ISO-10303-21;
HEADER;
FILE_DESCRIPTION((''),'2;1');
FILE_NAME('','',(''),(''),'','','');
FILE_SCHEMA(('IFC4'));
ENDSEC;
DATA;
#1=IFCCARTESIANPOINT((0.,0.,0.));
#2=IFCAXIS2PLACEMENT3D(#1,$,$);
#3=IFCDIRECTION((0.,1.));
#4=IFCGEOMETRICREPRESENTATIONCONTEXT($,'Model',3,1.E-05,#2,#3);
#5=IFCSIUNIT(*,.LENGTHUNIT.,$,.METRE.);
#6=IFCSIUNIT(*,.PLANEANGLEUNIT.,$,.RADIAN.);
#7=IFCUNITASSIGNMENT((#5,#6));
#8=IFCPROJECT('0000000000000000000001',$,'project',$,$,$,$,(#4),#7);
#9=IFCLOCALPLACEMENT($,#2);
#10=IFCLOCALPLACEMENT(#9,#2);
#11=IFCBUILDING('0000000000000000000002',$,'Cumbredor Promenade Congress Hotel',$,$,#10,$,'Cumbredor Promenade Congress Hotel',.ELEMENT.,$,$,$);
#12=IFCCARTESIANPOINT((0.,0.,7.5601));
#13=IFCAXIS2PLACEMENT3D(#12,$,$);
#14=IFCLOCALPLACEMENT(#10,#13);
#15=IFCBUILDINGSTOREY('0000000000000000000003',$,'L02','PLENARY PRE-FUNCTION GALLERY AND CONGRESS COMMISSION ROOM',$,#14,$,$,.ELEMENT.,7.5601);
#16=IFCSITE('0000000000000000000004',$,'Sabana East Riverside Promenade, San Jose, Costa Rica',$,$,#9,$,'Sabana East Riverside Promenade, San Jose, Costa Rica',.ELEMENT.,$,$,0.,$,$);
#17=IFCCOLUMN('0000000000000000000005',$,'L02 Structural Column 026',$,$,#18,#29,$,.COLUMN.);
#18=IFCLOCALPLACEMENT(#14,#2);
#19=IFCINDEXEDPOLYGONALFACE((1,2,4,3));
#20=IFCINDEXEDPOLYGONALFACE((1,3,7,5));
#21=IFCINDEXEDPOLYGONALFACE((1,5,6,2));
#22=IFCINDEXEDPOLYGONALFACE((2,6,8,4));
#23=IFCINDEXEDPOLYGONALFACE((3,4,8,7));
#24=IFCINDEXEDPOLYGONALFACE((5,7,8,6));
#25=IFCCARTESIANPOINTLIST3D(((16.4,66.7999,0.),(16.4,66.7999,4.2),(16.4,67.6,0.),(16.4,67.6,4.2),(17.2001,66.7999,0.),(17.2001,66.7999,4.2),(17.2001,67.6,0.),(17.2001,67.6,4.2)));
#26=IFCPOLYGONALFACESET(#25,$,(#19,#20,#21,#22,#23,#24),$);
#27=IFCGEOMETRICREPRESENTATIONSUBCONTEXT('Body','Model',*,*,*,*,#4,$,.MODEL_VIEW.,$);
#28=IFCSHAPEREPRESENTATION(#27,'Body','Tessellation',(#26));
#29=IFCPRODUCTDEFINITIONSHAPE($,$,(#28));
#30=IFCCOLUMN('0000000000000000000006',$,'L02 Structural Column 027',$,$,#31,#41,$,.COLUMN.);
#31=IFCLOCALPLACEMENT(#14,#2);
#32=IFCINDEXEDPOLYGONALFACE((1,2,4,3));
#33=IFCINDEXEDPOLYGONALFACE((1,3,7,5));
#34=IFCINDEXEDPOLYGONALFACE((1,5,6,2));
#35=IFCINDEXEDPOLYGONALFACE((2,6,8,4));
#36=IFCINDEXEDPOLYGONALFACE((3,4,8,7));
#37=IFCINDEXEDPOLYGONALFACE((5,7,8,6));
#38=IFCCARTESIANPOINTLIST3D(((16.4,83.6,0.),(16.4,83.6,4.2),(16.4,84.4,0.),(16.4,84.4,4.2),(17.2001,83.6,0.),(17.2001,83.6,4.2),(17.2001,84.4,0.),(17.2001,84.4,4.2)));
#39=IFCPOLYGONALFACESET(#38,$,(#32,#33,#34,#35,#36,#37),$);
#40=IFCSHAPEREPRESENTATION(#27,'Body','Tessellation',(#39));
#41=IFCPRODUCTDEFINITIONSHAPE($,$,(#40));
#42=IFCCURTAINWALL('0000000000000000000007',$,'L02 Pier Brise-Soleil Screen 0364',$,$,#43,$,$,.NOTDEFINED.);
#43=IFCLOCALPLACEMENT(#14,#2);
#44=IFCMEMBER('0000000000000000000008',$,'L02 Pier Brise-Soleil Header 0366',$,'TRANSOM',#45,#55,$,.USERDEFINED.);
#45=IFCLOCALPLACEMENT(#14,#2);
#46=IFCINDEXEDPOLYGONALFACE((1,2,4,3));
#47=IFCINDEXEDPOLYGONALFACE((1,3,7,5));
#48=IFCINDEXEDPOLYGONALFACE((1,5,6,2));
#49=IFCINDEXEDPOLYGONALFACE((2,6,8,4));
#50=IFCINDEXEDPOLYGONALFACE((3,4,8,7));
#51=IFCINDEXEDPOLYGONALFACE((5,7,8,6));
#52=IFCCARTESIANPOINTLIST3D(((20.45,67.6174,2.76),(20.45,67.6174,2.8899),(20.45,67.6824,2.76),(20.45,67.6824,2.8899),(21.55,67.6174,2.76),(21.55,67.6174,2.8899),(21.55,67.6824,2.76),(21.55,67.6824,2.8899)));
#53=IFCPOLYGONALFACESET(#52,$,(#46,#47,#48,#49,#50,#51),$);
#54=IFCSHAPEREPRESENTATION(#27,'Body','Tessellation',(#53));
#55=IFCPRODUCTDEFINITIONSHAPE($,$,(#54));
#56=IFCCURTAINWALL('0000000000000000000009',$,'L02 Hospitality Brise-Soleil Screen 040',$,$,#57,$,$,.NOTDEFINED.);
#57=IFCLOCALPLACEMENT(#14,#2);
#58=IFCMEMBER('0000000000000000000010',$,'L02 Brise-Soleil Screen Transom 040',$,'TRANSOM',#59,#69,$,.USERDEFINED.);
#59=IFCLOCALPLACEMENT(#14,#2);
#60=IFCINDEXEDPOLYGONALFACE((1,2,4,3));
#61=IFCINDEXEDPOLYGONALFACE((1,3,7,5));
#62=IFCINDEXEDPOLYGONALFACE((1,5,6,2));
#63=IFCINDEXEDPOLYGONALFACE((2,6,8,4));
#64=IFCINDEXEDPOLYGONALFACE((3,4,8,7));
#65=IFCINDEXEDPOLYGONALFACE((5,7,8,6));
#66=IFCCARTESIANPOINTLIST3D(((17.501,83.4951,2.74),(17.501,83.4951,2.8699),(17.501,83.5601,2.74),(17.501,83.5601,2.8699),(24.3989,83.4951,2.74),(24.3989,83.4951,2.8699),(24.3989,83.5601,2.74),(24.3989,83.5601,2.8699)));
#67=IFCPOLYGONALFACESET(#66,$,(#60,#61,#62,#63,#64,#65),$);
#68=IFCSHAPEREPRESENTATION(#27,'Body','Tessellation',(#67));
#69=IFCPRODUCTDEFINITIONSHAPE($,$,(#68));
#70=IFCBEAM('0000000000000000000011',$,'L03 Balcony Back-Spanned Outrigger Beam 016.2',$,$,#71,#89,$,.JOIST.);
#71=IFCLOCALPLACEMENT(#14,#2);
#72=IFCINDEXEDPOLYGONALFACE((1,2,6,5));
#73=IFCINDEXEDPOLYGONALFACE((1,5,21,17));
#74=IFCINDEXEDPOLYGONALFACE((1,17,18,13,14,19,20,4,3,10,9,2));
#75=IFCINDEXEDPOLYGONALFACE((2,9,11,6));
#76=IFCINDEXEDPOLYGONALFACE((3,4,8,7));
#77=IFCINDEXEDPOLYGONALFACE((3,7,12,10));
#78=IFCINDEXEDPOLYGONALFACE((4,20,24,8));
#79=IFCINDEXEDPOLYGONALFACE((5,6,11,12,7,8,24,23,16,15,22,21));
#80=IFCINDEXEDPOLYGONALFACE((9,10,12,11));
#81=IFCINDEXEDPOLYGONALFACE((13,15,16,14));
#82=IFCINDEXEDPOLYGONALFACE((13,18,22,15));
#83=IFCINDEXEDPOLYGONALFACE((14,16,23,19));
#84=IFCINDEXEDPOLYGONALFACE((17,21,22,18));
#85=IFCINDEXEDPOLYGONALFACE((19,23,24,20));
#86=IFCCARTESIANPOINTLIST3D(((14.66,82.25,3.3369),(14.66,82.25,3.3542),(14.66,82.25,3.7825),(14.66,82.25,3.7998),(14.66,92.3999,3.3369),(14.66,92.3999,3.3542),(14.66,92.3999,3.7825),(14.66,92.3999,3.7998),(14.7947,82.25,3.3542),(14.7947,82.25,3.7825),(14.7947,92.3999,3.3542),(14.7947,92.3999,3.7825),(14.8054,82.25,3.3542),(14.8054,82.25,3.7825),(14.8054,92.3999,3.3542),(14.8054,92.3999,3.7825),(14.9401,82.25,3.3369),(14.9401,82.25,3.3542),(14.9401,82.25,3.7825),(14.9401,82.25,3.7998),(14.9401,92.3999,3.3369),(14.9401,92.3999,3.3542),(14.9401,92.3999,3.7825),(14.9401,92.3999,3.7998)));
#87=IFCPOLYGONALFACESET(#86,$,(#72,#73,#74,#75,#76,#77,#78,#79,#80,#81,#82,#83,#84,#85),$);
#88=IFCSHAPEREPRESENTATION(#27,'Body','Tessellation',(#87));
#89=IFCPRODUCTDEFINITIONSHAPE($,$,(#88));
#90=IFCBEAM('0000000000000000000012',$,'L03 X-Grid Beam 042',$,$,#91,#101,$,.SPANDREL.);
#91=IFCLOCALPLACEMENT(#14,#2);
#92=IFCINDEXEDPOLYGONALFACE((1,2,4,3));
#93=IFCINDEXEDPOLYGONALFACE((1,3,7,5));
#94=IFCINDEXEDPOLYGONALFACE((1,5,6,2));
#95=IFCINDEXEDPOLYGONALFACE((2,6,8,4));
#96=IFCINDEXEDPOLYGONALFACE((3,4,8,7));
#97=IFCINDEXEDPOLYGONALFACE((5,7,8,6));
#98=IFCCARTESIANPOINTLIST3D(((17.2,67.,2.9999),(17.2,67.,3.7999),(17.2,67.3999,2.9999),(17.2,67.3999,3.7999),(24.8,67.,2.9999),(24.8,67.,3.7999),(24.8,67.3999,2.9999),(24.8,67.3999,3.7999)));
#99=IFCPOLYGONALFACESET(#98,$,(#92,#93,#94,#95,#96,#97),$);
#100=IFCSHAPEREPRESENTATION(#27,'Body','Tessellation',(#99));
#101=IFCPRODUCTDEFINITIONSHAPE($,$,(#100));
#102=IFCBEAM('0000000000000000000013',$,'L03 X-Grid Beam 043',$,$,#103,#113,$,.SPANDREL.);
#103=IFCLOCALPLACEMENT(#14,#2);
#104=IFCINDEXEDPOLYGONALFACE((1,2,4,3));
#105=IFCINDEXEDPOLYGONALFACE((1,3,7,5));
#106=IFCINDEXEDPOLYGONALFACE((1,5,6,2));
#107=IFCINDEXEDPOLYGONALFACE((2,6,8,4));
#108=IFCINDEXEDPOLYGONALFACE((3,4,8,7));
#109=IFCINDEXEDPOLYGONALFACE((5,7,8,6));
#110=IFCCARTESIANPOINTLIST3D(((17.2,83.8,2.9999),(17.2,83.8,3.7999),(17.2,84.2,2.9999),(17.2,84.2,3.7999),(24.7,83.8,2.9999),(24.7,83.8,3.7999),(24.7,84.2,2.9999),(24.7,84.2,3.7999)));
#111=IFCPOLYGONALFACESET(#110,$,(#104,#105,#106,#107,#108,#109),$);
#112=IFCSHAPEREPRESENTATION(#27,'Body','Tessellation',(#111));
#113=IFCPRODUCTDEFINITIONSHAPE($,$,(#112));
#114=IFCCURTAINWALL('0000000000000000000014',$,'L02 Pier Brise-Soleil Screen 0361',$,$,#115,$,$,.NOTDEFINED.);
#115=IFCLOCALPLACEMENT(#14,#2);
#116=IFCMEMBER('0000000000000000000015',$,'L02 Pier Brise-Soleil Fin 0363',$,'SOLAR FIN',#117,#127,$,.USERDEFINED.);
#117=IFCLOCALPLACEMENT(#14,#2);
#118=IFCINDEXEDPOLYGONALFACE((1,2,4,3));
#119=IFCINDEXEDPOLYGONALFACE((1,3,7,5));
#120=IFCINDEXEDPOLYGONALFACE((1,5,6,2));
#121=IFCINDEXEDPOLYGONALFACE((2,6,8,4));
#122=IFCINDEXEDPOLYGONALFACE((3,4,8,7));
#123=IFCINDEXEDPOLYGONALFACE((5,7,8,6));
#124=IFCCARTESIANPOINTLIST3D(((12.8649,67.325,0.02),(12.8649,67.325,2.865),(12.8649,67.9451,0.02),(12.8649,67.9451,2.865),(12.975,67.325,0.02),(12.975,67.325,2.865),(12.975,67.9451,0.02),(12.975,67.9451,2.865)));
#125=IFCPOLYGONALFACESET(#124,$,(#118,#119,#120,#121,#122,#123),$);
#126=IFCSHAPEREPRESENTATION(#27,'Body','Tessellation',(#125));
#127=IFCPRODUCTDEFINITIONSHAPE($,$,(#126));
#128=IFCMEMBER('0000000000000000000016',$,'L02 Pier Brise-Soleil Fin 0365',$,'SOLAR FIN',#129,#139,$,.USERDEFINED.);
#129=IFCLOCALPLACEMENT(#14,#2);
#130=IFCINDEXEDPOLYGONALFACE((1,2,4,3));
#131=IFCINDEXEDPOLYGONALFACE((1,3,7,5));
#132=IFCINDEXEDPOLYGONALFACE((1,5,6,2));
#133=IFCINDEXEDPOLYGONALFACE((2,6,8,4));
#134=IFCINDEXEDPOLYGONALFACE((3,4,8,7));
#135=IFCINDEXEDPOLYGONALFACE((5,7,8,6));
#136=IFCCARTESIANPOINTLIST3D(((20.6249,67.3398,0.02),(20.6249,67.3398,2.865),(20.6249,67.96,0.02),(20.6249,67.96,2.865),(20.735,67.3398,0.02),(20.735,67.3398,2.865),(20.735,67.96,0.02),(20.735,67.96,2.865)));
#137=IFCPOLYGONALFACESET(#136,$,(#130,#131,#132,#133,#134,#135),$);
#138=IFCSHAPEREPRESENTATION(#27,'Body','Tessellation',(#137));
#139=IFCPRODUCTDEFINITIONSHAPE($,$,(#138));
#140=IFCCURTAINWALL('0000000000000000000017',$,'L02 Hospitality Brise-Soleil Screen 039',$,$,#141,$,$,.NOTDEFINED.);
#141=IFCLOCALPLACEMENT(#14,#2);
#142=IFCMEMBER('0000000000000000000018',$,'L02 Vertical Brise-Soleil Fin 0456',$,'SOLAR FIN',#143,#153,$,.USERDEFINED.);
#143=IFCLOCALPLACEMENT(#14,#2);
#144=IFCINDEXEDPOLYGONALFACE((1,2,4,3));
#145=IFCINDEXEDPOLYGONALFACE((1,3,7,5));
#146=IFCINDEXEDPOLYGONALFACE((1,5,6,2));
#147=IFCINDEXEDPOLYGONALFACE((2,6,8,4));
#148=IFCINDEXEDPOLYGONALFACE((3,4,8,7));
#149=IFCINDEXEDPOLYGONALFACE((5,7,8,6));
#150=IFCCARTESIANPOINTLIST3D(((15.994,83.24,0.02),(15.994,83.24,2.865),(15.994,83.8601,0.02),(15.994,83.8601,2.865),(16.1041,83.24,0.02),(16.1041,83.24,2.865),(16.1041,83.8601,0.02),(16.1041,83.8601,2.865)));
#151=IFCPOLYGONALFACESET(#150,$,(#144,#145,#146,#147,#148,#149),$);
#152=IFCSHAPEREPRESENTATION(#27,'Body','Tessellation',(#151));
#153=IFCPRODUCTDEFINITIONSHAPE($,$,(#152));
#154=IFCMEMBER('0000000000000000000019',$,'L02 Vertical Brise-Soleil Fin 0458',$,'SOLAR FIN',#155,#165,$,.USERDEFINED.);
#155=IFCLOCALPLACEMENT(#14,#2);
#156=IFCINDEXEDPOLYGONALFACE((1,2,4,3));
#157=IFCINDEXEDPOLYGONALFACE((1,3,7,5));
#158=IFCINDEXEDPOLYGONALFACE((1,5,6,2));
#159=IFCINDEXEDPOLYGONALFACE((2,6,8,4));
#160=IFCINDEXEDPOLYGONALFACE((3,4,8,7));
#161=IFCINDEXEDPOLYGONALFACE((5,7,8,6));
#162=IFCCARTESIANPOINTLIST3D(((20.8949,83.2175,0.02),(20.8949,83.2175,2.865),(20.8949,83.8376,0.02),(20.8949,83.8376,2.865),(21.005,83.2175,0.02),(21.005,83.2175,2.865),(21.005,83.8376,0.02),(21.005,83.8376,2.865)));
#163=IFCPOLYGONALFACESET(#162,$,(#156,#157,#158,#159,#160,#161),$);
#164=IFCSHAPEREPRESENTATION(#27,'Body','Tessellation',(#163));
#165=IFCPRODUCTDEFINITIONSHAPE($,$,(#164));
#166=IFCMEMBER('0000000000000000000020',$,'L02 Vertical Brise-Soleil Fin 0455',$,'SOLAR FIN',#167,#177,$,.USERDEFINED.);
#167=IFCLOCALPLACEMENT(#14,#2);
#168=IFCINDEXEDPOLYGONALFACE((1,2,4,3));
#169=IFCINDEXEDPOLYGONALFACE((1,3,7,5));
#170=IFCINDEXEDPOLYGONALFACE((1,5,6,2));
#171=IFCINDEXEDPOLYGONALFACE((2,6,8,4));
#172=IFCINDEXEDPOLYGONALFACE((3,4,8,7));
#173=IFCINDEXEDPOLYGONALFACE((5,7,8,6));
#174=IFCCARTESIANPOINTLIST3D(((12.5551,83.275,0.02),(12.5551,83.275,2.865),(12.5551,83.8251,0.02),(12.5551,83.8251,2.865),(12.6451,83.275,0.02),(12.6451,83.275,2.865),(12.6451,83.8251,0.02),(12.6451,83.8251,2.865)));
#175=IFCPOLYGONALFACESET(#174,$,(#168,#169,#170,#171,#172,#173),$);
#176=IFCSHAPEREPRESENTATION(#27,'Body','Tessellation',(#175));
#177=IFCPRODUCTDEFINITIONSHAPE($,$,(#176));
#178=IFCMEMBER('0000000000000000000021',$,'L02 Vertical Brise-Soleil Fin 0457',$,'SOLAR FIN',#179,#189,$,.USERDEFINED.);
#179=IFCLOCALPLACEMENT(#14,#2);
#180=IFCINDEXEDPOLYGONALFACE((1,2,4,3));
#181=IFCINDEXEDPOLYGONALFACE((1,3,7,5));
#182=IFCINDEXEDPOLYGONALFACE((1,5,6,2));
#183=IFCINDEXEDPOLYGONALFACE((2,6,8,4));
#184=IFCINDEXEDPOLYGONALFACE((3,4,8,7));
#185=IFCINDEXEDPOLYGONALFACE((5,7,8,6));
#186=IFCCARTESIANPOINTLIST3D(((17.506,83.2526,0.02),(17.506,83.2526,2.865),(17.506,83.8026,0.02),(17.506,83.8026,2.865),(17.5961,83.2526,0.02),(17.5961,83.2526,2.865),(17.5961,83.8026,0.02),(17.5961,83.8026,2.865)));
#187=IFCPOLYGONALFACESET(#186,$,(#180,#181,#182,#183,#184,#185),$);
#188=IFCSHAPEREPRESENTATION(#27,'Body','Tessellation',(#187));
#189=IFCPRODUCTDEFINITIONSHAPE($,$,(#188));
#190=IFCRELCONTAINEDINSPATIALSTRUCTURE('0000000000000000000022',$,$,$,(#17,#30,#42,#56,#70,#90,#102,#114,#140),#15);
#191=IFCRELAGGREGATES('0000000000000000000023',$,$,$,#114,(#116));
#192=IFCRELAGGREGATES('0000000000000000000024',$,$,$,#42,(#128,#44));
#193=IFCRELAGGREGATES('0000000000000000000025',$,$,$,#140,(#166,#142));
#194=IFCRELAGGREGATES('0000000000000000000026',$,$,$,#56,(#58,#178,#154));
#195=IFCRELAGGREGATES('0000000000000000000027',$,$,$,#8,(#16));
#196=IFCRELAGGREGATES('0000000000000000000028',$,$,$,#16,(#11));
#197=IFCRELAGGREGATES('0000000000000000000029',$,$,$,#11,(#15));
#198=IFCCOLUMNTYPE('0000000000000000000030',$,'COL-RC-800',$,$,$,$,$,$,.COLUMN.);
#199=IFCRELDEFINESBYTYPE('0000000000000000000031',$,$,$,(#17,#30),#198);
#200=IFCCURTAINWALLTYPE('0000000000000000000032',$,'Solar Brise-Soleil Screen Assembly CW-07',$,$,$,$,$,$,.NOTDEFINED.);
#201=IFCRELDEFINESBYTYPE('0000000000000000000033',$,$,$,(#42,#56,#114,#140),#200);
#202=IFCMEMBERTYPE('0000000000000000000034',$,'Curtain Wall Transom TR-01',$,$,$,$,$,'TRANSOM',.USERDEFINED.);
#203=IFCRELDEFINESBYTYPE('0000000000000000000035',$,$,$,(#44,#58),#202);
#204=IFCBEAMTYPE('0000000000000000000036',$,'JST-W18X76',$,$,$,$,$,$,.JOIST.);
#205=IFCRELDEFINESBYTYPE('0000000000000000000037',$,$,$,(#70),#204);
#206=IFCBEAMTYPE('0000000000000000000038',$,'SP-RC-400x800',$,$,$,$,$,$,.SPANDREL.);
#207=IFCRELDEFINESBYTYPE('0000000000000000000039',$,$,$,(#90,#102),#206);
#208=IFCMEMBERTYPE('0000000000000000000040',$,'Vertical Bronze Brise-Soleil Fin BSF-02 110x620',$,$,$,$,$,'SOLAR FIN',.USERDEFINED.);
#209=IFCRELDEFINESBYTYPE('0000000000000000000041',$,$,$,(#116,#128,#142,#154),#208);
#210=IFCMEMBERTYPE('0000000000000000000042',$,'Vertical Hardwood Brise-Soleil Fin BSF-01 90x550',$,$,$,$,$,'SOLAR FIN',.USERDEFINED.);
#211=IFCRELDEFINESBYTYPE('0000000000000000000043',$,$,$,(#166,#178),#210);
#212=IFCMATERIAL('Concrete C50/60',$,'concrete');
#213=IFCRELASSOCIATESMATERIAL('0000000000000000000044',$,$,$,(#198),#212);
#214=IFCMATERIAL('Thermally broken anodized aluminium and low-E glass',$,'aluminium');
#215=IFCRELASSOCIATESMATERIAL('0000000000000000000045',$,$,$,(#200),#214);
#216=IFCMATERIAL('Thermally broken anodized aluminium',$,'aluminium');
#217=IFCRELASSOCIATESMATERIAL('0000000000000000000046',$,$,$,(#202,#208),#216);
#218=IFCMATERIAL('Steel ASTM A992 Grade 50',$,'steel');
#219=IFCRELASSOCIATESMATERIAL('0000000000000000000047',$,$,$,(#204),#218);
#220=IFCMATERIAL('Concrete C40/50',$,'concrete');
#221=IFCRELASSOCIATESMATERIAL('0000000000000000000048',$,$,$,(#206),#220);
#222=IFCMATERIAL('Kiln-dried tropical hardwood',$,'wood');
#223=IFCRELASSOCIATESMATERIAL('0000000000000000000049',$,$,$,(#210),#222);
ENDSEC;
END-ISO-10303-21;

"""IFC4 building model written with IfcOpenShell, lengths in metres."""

from ifc_helpers import new_model, si_unit, direction, frame, origin, origin_2d, place, context, subcontext, project, spatial, rectangle, i_section, extrude, material, material_profile, profile_set, type_object, element, aggregate, save


model = new_model("IFC4")

# Units and contexts
model_context = context("Model", 3, precision=1e-05, world=origin(), true_north=direction((0.0, 1.0)))
body_context = subcontext(model_context, "Body", "Model", "MODEL_VIEW")
ifc_project = project(units=[si_unit("LENGTHUNIT", "METRE"), si_unit("PLANEANGLEUNIT", "RADIAN")], contexts=[model_context])

# Site, building, storey
site_placement = place(None, origin())
site = spatial("IfcSite", under=ifc_project, at=site_placement, Name="Sabana East Riverside Promenade, San Jose, Costa Rica", LongName="Sabana East Riverside Promenade, San Jose, Costa Rica", CompositionType="ELEMENT", RefElevation=0.0)
building_placement = place(site_placement, origin())
building = spatial("IfcBuilding", under=site, at=building_placement, Name="Cumbredor Promenade Congress Hotel", LongName="Cumbredor Promenade Congress Hotel", CompositionType="ELEMENT")
storey_placement = place(building_placement, frame((0.0, 0.0, 7.5601)))
storey = spatial("IfcBuildingStorey", under=building, at=storey_placement, Name="L02", Description="PLENARY PRE-FUNCTION GALLERY AND CONGRESS COMMISSION ROOM", CompositionType="ELEMENT", Elevation=7.5601)

# Columns
ifc_material_1 = material(Name="Concrete C50/60", Category="concrete")
ifc_material_profile_1 = material_profile(ifc_material_1, rectangle(XDim=0.8, YDim=0.8, at=origin_2d()), Name="RC 800x800")
ifc_profile_set_1 = profile_set([ifc_material_profile_1], Name="Concrete C50/60")
column_type = type_object("IfcColumnType", Name="COL-RC-800", PredefinedType="COLUMN", material=ifc_profile_set_1)
for number, where, z_axis, x_axis, name in (
    (1, (16.8, 67.2, 0.0), (0.0, 0.0, 1.0), (1.0, 0.0, 0.0), "L02 Structural Column 026"),
    (2, (16.8, 84.0, 0.0), (0.0, 0.0, 1.0), (1.0, 0.0, 0.0), "L02 Structural Column 027"),
):
    element("IfcColumn", number, at=place(storey_placement, frame(where, z_axis=z_axis, x_axis=x_axis)), inside=storey, type_object=column_type, Name=name, PredefinedType="COLUMN", context=body_context, shape_type="SweptSolid", body=[
        extrude(rectangle(XDim=0.8, YDim=0.8, at=origin_2d()), origin(), (0.0, 0.0, 1.0), 4.2),
    ])

# Curtain walls, members
ifc_material_2 = material(Name="Thermally broken anodized aluminium and low-E glass", Category="aluminium")
curtain_wall_type = type_object("IfcCurtainWallType", Name="Solar Brise-Soleil Screen Assembly CW-07", PredefinedType="NOTDEFINED", material=ifc_material_2)
curtain_wall_1_placement = place(storey_placement, origin())
curtain_wall_1 = element("IfcCurtainWall", 3, at=curtain_wall_1_placement, inside=storey, type_object=curtain_wall_type, Name="L02 Pier Brise-Soleil Screen 0364", PredefinedType="NOTDEFINED")
ifc_material_3 = material(Name="Thermally broken anodized aluminium", Category="aluminium")
ifc_material_profile_2 = material_profile(ifc_material_3, rectangle(XDim=0.0649, YDim=0.1299, at=origin_2d()), Name="ALU TRANSOM 65x130")
ifc_profile_set_2 = profile_set([ifc_material_profile_2], Name="Thermally broken anodized aluminium")
member_type_1 = type_object("IfcMemberType", Name="Curtain Wall Transom TR-01", ElementType="TRANSOM", PredefinedType="USERDEFINED", material=ifc_profile_set_2)
member_1_placement = place(storey_placement, frame((20.45, 67.6499, 2.825), z_axis=(1.0, 0.0, 0.0), x_axis=(0.0, 1.0, 0.0)))
member_1 = element("IfcMember", 4, at=member_1_placement, type_object=member_type_1, Name="L02 Pier Brise-Soleil Header 0366", ObjectType="TRANSOM", PredefinedType="USERDEFINED", context=body_context, shape_type="SweptSolid", body=[
    extrude(rectangle(XDim=0.0649, YDim=0.1299, at=origin_2d()), origin(), (0.0, 0.0, 1.0), 1.1001),
])
curtain_wall_2_placement = place(storey_placement, origin())
curtain_wall_2 = element("IfcCurtainWall", 5, at=curtain_wall_2_placement, inside=storey, type_object=curtain_wall_type, Name="L02 Hospitality Brise-Soleil Screen 040", PredefinedType="NOTDEFINED")
member_2_placement = place(storey_placement, frame((17.501, 83.5276, 2.8049), z_axis=(1.0, 0.0, 0.0), x_axis=(0.0, 1.0, 0.0)))
member_2 = element("IfcMember", 6, at=member_2_placement, type_object=member_type_1, Name="L02 Brise-Soleil Screen Transom 040", ObjectType="TRANSOM", PredefinedType="USERDEFINED", context=body_context, shape_type="SweptSolid", body=[
    extrude(rectangle(XDim=0.0649, YDim=0.1299, at=origin_2d()), origin(), (0.0, 0.0, 1.0), 6.8979),
])

# Beams
ifc_material_4 = material(Name="Steel ASTM A992 Grade 50", Category="steel")
ifc_material_profile_3 = material_profile(ifc_material_4, i_section(OverallWidth=0.28, OverallDepth=0.4629, WebThickness=0.0107, FlangeThickness=0.0173, at=origin_2d()), Name="W18X76")
ifc_profile_set_3 = profile_set([ifc_material_profile_3], Name="Steel ASTM A992 Grade 50")
beam_type_1 = type_object("IfcBeamType", Name="JST-W18X76", PredefinedType="JOIST", material=ifc_profile_set_3)
beam_1_placement = place(storey_placement, frame((14.8, 82.25, 3.5684), z_axis=(0.0, 1.0, 0.0), x_axis=(-1.0, 0.0, 0.0)))
element("IfcBeam", 7, at=beam_1_placement, inside=storey, type_object=beam_type_1, Name="L03 Balcony Back-Spanned Outrigger Beam 016.2", PredefinedType="JOIST", context=body_context, shape_type="SweptSolid", body=[
    extrude(i_section(OverallWidth=0.28, OverallDepth=0.4629, WebThickness=0.0107, FlangeThickness=0.0173, at=origin_2d()), origin(), (0.0, 0.0, 1.0), 10.1499),
])
ifc_material_5 = material(Name="Concrete C40/50", Category="concrete")
ifc_material_profile_4 = material_profile(ifc_material_5, rectangle(XDim=0.3999, YDim=0.8, at=origin_2d()), Name="RC SPANDREL 400x800")
ifc_profile_set_4 = profile_set([ifc_material_profile_4], Name="Concrete C40/50")
beam_type_2 = type_object("IfcBeamType", Name="SP-RC-400x800", PredefinedType="SPANDREL", material=ifc_profile_set_4)
beam_2_placement = place(storey_placement, frame((17.2, 67.2, 3.3999), z_axis=(1.0, 0.0, 0.0), x_axis=(0.0, 1.0, 0.0)))
element("IfcBeam", 8, at=beam_2_placement, inside=storey, type_object=beam_type_2, Name="L03 X-Grid Beam 042", PredefinedType="SPANDREL", context=body_context, shape_type="SweptSolid", body=[
    extrude(rectangle(XDim=0.3999, YDim=0.8, at=origin_2d()), origin(), (0.0, 0.0, 1.0), 7.6001),
])
beam_3_placement = place(storey_placement, frame((17.2, 84.0, 3.3999), z_axis=(1.0, 0.0, 0.0), x_axis=(0.0, 1.0, 0.0)))
element("IfcBeam", 9, at=beam_3_placement, inside=storey, type_object=beam_type_2, Name="L03 X-Grid Beam 043", PredefinedType="SPANDREL", context=body_context, shape_type="SweptSolid", body=[
    extrude(rectangle(XDim=0.3999, YDim=0.8, at=origin_2d()), origin(), (0.0, 0.0, 1.0), 7.5),
])

# Curtain wall, member
curtain_wall_3_placement = place(storey_placement, origin())
curtain_wall_3 = element("IfcCurtainWall", 10, at=curtain_wall_3_placement, inside=storey, type_object=curtain_wall_type, Name="L02 Pier Brise-Soleil Screen 0361", PredefinedType="NOTDEFINED")
ifc_material_profile_5 = material_profile(ifc_material_3, rectangle(XDim=0.1101, YDim=0.6201, at=origin_2d()), Name="ARCH FIN 110x620")
ifc_profile_set_5 = profile_set([ifc_material_profile_5], Name="Thermally broken anodized aluminium")
member_type_2 = type_object("IfcMemberType", Name="Vertical Bronze Brise-Soleil Fin BSF-02 110x620", ElementType="SOLAR FIN", PredefinedType="USERDEFINED", material=ifc_profile_set_5)
member_3_placement = place(storey_placement, frame((12.9199, 67.635, 0.02), z_axis=(0.0, 0.0, 1.0), x_axis=(1.0, 0.0, 0.0)))
member_3 = element("IfcMember", 11, at=member_3_placement, type_object=member_type_2, Name="L02 Pier Brise-Soleil Fin 0363", ObjectType="SOLAR FIN", PredefinedType="USERDEFINED", context=body_context, shape_type="SweptSolid", body=[
    extrude(rectangle(XDim=0.1101, YDim=0.6201, at=origin_2d()), origin(), (0.0, 0.0, 1.0), 2.845),
])
aggregate(curtain_wall_3, [member_3])

# Member
member_4_placement = place(storey_placement, frame((20.6799, 67.6499, 0.02), z_axis=(0.0, 0.0, 1.0), x_axis=(1.0, 0.0, 0.0)))
member_4 = element("IfcMember", 12, at=member_4_placement, type_object=member_type_2, Name="L02 Pier Brise-Soleil Fin 0365", ObjectType="SOLAR FIN", PredefinedType="USERDEFINED", context=body_context, shape_type="SweptSolid", body=[
    extrude(rectangle(XDim=0.1101, YDim=0.6201, at=origin_2d()), origin(), (0.0, 0.0, 1.0), 2.845),
])
aggregate(curtain_wall_1, [member_4, member_1])

# Curtain wall, member
curtain_wall_4_placement = place(storey_placement, origin())
curtain_wall_4 = element("IfcCurtainWall", 13, at=curtain_wall_4_placement, inside=storey, type_object=curtain_wall_type, Name="L02 Hospitality Brise-Soleil Screen 039", PredefinedType="NOTDEFINED")
member_5_placement = place(storey_placement, frame((16.0491, 83.55, 0.02), z_axis=(0.0, 0.0, 1.0), x_axis=(1.0, 0.0, 0.0)))
member_5 = element("IfcMember", 14, at=member_5_placement, type_object=member_type_2, Name="L02 Vertical Brise-Soleil Fin 0456", ObjectType="SOLAR FIN", PredefinedType="USERDEFINED", context=body_context, shape_type="SweptSolid", body=[
    extrude(rectangle(XDim=0.1101, YDim=0.6201, at=origin_2d()), origin(), (0.0, 0.0, 1.0), 2.845),
])

# Members
member_6_placement = place(storey_placement, frame((20.95, 83.5276, 0.02), z_axis=(0.0, 0.0, 1.0), x_axis=(1.0, 0.0, 0.0)))
member_6 = element("IfcMember", 15, at=member_6_placement, type_object=member_type_2, Name="L02 Vertical Brise-Soleil Fin 0458", ObjectType="SOLAR FIN", PredefinedType="USERDEFINED", context=body_context, shape_type="SweptSolid", body=[
    extrude(rectangle(XDim=0.1101, YDim=0.6201, at=origin_2d()), origin(), (0.0, 0.0, 1.0), 2.845),
])
ifc_material_6 = material(Name="Kiln-dried tropical hardwood", Category="wood")
ifc_material_profile_6 = material_profile(ifc_material_6, rectangle(XDim=0.0901, YDim=0.55, at=origin_2d()), Name="ARCH FIN 90x550")
ifc_profile_set_6 = profile_set([ifc_material_profile_6], Name="Kiln-dried tropical hardwood")
member_type_3 = type_object("IfcMemberType", Name="Vertical Hardwood Brise-Soleil Fin BSF-01 90x550", ElementType="SOLAR FIN", PredefinedType="USERDEFINED", material=ifc_profile_set_6)
member_7_placement = place(storey_placement, frame((12.6001, 83.55, 0.02), z_axis=(0.0, 0.0, 1.0), x_axis=(1.0, 0.0, 0.0)))
member_7 = element("IfcMember", 16, at=member_7_placement, type_object=member_type_3, Name="L02 Vertical Brise-Soleil Fin 0455", ObjectType="SOLAR FIN", PredefinedType="USERDEFINED", context=body_context, shape_type="SweptSolid", body=[
    extrude(rectangle(XDim=0.0901, YDim=0.55, at=origin_2d()), origin(), (0.0, 0.0, 1.0), 2.845),
])
member_8_placement = place(storey_placement, frame((17.551, 83.5276, 0.02), z_axis=(0.0, 0.0, 1.0), x_axis=(1.0, 0.0, 0.0)))
member_8 = element("IfcMember", 17, at=member_8_placement, type_object=member_type_3, Name="L02 Vertical Brise-Soleil Fin 0457", ObjectType="SOLAR FIN", PredefinedType="USERDEFINED", context=body_context, shape_type="SweptSolid", body=[
    extrude(rectangle(XDim=0.0901, YDim=0.55, at=origin_2d()), origin(), (0.0, 0.0, 1.0), 2.845),
])

aggregate(curtain_wall_4, [member_7, member_5])
aggregate(curtain_wall_2, [member_2, member_8, member_6])

save(model, "model.ifc")
